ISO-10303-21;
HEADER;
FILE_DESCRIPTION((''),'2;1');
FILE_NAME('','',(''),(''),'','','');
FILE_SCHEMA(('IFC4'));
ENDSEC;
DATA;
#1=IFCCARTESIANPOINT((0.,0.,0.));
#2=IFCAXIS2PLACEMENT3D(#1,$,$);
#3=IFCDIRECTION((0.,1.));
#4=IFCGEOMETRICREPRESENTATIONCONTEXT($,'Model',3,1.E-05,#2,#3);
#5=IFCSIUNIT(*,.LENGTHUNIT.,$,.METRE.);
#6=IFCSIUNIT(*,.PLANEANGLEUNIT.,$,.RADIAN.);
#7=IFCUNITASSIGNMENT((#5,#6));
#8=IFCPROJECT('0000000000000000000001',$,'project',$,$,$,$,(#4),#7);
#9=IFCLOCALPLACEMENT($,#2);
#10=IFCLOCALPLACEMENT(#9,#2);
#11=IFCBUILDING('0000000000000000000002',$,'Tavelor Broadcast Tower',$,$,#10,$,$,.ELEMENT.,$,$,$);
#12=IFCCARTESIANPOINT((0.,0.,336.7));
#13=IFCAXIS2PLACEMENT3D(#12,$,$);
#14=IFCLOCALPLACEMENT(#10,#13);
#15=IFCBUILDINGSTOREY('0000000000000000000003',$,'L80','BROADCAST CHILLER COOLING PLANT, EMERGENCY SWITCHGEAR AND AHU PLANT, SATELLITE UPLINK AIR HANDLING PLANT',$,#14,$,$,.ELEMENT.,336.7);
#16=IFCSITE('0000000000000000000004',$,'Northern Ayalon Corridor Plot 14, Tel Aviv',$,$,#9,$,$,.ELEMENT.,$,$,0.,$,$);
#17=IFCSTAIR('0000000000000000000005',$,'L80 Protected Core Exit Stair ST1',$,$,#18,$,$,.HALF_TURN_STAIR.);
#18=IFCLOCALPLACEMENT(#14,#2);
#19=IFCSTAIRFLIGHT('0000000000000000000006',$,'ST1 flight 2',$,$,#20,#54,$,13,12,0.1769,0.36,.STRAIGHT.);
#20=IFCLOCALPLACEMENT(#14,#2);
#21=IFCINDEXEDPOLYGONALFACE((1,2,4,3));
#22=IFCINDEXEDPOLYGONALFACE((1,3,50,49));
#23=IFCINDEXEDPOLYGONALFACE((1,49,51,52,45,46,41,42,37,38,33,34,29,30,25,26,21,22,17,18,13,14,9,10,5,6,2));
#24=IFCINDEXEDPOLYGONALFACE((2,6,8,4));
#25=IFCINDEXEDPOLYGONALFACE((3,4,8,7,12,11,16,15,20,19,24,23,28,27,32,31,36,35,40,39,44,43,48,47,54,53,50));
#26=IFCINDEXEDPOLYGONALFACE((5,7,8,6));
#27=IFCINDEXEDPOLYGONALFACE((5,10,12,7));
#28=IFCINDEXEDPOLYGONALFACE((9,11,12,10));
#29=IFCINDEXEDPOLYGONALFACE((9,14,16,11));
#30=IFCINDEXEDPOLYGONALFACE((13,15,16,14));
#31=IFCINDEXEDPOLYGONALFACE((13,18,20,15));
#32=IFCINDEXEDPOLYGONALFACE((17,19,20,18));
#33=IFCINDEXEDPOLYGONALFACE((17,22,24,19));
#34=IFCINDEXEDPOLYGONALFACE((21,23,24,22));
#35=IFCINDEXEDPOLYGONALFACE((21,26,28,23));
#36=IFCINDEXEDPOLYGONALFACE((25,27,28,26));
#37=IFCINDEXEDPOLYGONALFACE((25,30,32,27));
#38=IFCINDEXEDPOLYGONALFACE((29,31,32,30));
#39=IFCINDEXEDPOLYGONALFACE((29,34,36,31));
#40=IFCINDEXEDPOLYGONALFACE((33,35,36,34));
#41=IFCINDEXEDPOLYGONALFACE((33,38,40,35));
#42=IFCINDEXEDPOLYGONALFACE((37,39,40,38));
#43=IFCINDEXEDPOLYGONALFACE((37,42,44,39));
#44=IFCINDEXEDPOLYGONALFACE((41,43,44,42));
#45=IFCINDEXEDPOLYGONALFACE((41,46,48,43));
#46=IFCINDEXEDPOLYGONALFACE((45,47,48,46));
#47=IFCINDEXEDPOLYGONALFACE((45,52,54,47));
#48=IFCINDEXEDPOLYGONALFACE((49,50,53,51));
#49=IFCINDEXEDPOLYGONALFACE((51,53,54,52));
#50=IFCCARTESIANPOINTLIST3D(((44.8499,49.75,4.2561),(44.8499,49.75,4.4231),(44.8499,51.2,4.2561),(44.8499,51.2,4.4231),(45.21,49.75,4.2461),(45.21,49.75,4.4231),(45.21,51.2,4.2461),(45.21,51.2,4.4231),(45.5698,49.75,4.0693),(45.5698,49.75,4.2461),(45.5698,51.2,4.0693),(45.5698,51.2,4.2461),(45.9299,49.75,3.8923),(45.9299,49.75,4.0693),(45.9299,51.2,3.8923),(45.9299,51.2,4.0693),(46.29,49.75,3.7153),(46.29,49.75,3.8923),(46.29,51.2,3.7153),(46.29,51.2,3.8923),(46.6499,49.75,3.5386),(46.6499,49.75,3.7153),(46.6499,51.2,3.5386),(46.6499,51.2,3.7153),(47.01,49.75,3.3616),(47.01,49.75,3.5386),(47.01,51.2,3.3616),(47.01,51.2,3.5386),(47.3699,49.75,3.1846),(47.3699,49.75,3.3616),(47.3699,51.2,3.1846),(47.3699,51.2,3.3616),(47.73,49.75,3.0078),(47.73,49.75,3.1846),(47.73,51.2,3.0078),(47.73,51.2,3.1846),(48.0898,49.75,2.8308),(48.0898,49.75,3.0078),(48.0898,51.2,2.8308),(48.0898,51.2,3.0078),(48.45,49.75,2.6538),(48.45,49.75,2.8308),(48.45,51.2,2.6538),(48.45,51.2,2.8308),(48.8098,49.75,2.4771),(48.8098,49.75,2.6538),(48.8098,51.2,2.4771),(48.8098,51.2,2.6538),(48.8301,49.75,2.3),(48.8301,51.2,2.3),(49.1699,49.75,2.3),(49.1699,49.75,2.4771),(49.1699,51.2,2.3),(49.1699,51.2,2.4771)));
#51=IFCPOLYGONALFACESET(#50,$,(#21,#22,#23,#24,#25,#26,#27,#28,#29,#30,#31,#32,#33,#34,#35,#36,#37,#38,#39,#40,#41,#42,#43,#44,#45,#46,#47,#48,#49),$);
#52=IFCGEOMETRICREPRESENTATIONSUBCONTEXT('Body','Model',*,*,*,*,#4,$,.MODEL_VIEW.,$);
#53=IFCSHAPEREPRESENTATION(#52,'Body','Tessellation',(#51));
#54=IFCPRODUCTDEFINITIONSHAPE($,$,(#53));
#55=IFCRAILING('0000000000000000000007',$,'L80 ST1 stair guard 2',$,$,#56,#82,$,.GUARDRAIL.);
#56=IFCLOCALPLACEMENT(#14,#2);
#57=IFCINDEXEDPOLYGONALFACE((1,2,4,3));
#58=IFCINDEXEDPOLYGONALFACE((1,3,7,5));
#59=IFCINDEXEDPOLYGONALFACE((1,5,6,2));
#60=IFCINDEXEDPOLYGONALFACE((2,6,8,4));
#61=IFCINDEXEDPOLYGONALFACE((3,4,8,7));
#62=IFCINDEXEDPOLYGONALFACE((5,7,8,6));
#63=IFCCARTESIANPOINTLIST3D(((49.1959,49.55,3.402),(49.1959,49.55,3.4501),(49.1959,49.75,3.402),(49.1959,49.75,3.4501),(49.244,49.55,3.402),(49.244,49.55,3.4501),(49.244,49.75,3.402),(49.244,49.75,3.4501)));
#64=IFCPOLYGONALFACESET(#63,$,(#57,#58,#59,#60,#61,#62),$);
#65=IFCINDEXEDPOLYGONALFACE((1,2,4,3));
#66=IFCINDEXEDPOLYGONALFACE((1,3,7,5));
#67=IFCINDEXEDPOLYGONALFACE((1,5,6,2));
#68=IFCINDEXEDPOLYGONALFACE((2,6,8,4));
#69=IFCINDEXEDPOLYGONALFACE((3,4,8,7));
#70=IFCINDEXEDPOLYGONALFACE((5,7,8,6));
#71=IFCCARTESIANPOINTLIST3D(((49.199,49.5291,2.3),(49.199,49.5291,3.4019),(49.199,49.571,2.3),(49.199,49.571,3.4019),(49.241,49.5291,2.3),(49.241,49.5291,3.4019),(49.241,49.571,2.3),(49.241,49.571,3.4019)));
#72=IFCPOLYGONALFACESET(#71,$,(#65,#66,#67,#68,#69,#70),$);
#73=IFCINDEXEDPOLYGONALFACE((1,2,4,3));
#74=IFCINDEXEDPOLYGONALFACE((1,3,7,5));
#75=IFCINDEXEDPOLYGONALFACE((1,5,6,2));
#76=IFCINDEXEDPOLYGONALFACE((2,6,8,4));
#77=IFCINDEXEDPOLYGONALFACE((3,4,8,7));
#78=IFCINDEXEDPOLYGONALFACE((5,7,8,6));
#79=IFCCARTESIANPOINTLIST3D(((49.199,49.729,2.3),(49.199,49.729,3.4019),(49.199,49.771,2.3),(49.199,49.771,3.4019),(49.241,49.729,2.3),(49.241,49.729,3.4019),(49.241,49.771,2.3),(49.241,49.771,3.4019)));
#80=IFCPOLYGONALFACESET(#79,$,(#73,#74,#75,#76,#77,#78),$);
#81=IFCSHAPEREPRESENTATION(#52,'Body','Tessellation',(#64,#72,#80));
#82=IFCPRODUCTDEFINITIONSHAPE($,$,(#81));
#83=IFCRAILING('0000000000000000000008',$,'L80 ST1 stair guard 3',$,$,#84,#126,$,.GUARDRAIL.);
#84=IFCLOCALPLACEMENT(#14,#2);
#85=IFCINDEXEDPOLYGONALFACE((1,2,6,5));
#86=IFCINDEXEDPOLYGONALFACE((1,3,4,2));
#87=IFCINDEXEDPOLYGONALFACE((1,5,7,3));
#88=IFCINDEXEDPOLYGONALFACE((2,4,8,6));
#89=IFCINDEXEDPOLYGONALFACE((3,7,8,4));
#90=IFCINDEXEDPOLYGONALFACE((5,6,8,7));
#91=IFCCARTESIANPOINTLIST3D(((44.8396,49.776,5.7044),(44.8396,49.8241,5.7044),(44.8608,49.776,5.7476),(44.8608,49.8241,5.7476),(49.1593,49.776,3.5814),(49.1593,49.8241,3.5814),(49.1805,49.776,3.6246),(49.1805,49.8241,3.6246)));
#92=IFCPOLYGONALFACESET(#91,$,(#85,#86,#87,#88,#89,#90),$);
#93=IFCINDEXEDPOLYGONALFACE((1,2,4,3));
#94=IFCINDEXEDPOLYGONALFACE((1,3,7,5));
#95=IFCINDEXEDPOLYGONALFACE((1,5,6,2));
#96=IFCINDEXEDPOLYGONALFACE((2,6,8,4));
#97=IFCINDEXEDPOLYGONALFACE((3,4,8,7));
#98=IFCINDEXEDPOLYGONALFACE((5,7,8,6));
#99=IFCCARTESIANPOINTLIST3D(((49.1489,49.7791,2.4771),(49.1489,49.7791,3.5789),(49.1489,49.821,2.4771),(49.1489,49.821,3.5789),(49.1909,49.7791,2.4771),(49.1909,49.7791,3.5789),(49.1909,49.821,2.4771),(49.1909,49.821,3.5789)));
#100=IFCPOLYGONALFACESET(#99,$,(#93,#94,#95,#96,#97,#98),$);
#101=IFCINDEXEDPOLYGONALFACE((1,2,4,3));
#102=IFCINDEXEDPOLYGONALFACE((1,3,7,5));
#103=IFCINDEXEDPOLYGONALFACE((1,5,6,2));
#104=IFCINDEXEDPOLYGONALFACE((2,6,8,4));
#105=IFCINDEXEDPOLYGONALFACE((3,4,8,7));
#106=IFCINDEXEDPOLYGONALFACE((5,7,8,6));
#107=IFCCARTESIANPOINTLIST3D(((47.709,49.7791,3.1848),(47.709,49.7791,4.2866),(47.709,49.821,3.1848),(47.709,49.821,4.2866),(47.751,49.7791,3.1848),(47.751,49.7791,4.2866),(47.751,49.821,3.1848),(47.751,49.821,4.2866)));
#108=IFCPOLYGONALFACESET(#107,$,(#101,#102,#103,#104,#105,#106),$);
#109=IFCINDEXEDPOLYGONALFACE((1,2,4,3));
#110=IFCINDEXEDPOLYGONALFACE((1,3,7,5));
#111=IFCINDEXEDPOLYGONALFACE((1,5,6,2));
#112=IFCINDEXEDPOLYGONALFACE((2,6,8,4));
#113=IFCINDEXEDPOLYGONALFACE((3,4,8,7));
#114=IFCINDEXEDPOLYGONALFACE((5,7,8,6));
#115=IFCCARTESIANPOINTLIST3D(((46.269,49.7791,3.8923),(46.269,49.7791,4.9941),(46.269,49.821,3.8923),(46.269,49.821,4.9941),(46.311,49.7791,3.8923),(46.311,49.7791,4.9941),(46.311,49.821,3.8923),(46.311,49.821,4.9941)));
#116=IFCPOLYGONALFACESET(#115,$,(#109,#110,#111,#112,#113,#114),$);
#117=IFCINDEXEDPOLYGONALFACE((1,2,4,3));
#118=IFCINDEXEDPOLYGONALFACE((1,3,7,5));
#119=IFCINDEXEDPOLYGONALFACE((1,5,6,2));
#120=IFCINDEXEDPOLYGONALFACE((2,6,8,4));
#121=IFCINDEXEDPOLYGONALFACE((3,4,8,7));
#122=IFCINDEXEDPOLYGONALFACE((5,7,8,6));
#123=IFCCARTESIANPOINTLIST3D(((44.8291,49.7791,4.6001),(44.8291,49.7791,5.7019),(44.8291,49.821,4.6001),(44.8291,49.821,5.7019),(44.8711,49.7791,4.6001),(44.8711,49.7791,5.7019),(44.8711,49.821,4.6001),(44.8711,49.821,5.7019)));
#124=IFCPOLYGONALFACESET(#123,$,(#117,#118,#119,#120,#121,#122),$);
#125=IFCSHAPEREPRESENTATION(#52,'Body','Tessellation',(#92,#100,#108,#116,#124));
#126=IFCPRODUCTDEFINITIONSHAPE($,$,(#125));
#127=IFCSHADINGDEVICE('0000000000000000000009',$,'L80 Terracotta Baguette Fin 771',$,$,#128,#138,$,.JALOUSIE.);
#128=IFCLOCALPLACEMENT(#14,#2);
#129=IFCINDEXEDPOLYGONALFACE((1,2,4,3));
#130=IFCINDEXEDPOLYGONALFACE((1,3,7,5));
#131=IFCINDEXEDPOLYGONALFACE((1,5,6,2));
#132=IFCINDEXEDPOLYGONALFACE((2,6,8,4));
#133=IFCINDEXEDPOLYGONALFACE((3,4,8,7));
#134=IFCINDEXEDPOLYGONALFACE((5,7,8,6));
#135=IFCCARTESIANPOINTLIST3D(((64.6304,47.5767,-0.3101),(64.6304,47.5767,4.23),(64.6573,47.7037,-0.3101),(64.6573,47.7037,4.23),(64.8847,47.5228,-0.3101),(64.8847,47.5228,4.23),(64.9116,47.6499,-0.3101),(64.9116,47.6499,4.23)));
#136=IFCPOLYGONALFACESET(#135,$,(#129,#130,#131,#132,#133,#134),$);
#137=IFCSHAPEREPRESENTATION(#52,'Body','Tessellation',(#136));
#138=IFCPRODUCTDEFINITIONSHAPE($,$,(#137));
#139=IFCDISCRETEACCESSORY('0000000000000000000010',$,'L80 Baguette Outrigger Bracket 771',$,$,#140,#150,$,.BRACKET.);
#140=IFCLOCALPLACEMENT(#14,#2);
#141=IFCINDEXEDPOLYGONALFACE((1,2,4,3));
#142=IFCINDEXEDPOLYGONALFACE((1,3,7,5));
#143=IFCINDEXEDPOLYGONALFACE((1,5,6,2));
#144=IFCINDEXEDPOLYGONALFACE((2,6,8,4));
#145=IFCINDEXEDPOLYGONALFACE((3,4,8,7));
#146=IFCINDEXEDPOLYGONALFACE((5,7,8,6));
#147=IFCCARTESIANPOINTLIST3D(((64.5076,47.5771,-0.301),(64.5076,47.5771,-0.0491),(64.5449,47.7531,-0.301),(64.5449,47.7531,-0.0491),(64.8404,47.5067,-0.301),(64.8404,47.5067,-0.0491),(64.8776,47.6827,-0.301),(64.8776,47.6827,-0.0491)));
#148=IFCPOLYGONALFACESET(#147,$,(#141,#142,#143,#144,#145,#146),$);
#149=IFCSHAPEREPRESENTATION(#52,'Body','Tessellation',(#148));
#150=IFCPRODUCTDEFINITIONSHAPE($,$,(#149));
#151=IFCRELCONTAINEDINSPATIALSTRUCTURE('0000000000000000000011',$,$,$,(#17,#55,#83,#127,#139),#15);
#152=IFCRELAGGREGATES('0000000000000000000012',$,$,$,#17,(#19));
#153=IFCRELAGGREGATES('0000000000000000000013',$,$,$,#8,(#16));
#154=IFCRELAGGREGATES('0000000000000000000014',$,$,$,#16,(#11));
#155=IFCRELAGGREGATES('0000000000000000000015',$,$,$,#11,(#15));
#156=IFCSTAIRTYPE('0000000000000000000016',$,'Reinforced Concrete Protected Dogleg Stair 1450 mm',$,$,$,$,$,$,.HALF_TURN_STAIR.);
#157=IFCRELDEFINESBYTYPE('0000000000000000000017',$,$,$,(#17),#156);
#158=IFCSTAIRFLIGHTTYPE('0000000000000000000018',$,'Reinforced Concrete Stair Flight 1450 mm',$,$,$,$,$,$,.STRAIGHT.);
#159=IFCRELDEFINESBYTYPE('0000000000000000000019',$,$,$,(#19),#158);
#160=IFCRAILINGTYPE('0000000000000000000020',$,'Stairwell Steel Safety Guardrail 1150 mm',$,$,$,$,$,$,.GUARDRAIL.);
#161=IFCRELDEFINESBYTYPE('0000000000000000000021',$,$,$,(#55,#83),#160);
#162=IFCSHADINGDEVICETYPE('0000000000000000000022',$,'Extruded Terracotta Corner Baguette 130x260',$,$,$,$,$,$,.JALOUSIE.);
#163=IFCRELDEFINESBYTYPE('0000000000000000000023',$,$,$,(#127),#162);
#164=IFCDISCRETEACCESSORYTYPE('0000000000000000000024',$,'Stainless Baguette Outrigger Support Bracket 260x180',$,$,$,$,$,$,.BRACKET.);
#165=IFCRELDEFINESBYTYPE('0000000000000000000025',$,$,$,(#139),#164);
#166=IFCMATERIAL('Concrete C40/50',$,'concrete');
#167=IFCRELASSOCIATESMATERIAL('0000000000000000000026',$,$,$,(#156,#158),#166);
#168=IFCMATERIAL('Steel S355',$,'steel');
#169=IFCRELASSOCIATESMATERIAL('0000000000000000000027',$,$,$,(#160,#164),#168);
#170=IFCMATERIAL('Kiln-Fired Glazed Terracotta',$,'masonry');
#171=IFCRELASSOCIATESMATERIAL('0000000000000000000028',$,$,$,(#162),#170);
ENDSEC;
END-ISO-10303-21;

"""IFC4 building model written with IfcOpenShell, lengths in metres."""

from ifc_helpers import new_model, si_unit, direction, frame, origin, origin_2d, place, context, subcontext, project, spatial, polyline, rectangle, outline, extrude, source, transform, mapped, material, type_object, type_shapes, element, aggregate, save


model = new_model("IFC4")

# Units and contexts
model_context = context("Model", 3, precision=1e-05, world=origin(), true_north=direction((0.0, 1.0)))
body_context = subcontext(model_context, "Body", "Model", "MODEL_VIEW")
ifc_project = project(units=[si_unit("LENGTHUNIT", "METRE"), si_unit("PLANEANGLEUNIT", "RADIAN")], contexts=[model_context])

# Site, building, storey
site_placement = place(None, origin())
site = spatial("IfcSite", under=ifc_project, at=site_placement, Name="Northern Ayalon Corridor Plot 14, Tel Aviv", CompositionType="ELEMENT", RefElevation=0.0)
building_placement = place(site_placement, origin())
building = spatial("IfcBuilding", under=site, at=building_placement, Name="Tavelor Broadcast Tower", CompositionType="ELEMENT")
storey_placement = place(building_placement, frame((0.0, 0.0, 336.7)))
storey = spatial("IfcBuildingStorey", under=building, at=storey_placement, Name="L80", Description="BROADCAST CHILLER COOLING PLANT, EMERGENCY SWITCHGEAR AND AHU PLANT, SATELLITE UPLINK AIR HANDLING PLANT", CompositionType="ELEMENT", Elevation=336.7)

# Shared definitions
ifc_material_1 = material(Name="Steel S355", Category="steel")

# Shared definitions
ifc_material_2 = material(Name="Concrete C40/50", Category="concrete")

# Stair, stair flight
stair_type = type_object("IfcStairType", Name="Reinforced Concrete Protected Dogleg Stair 1450 mm", PredefinedType="HALF_TURN_STAIR", material=ifc_material_2)
stair_placement = place(storey_placement, origin())
stair = element("IfcStair", 1, at=stair_placement, inside=storey, type_object=stair_type, Name="L80 Protected Core Exit Stair ST1", PredefinedType="HALF_TURN_STAIR")
stair_flight_type = type_object("IfcStairFlightType", Name="Reinforced Concrete Stair Flight 1450 mm", PredefinedType="STRAIGHT", material=ifc_material_2)
stair_flight_placement = place(storey_placement, frame((49.1699, 50.4751, 2.3), z_axis=(0.0, 0.0, 1.0), x_axis=(-1.0, 0.0, 0.0)))
stair_flight = element("IfcStairFlight", 2, at=stair_flight_placement, type_object=stair_flight_type, Name="ST1 flight 2", NumberOfRisers=13, NumberOfTreads=12, PredefinedType="STRAIGHT", RiserHeight=0.1769, TreadLength=0.36, context=body_context, shape_type="SweptSolid", body=[
    extrude(outline(polyline([(0.0, 0.0), (0.0, 0.177), (0.3601, 0.177), (0.3601, 0.3538), (0.72, 0.3538), (0.72, 0.5308), (1.0801, 0.5308), (1.0801, 0.7078), (1.4399, 0.7078), (1.4399, 0.8845), (1.8, 0.8845), (1.8, 1.0615), (2.1599, 1.0615), (2.1599, 1.2385), (2.52, 1.2385), (2.52, 1.4153), (2.8799, 1.4153), (2.8799, 1.5923), (3.24, 1.5923), (3.24, 1.7693), (3.6001, 1.7693), (3.6001, 1.946), (3.96, 1.946), (3.96, 2.123), (4.3201, 2.123), (4.3201, 2.3), (4.3201, 1.9561), (0.3398, 0.0), (0.0, 0.0)])), frame((0.0, 0.7251, 0.0), z_axis=(0.0, -1.0, 0.0), x_axis=(1.0, 0.0, 0.0)), (0.0, 0.0, 1.0), 1.45),
])
aggregate(stair, [stair_flight])

# Railings
railing_type = type_object("IfcRailingType", Name="Stairwell Steel Safety Guardrail 1150 mm", PredefinedType="GUARDRAIL", material=ifc_material_1)
railing_1_placement = place(storey_placement, frame((49.22, 49.55, 2.3)))
element("IfcRailing", 3, at=railing_1_placement, inside=storey, type_object=railing_type, Name="L80 ST1 stair guard 2", PredefinedType="GUARDRAIL", context=body_context, shape_type="SweptSolid", body=[
    extrude(rectangle(XDim=0.0481, YDim=0.0481, at=origin_2d()), frame((0.0, 0.0, 1.126), z_axis=(0.0, 1.0, 0.0), x_axis=(-1.0, 0.0, 0.0)), (0.0, 0.0, 1.0), 0.2),
    extrude(rectangle(XDim=0.042, YDim=0.042, at=origin_2d()), origin(), (0.0, 0.0, 1.0), 1.1018),
    extrude(rectangle(XDim=0.042, YDim=0.042, at=origin_2d()), frame((0.0, 0.2, 0.0)), (0.0, 0.0, 1.0), 1.1018),
])
railing_2_placement = place(storey_placement, frame((49.1699, 49.8, 2.4771)))
element("IfcRailing", 4, at=railing_2_placement, inside=storey, type_object=railing_type, Name="L80 ST1 stair guard 3", PredefinedType="GUARDRAIL", context=body_context, shape_type="SweptSolid", body=[
    extrude(rectangle(XDim=0.0481, YDim=0.0481, at=origin_2d()), frame((0.0, 0.0, 1.126), z_axis=(-0.89747, 0.0, 0.441076), x_axis=(0.0, -1.0, 0.0)), (0.0, 0.0, 1.0), 4.8132),
    extrude(rectangle(XDim=0.042, YDim=0.042, at=origin_2d()), origin(), (0.0, 0.0, 1.0), 1.1018),
    extrude(rectangle(XDim=0.042, YDim=0.042, at=origin_2d()), frame((-1.4399, 0.0, 0.7078)), (0.0, 0.0, 1.0), 1.1018),
    extrude(rectangle(XDim=0.042, YDim=0.042, at=origin_2d()), frame((-2.8799, 0.0, 1.4153)), (0.0, 0.0, 1.0), 1.1018),
    extrude(rectangle(XDim=0.042, YDim=0.042, at=origin_2d()), frame((-4.3198, 0.0, 2.123)), (0.0, 0.0, 1.0), 1.1018),
])

# Shading device
ifc_material_3 = material(Name="Kiln-Fired Glazed Terracotta", Category="masonry")
shading_device_type = type_object("IfcShadingDeviceType", Name="Extruded Terracotta Corner Baguette 130x260", PredefinedType="JALOUSIE", material=ifc_material_3)
shared_shape_1 = source(origin(), body_context, "Body", "SweptSolid", [
    extrude(rectangle(XDim=0.1299, YDim=0.26, at=origin_2d()), origin(), (0.0, 0.0, 1.0), 4.54),
])
type_shapes(shading_device_type, [shared_shape_1])
shading_device_placement = place(storey_placement, frame((64.771, 47.6133, -0.3101), z_axis=(0.0, 0.0, 1.0), x_axis=(0.207058, 0.978329, 0.0)))
element("IfcShadingDevice", 5, at=shading_device_placement, inside=storey, type_object=shading_device_type, Name="L80 Terracotta Baguette Fin 771", PredefinedType="JALOUSIE", context=body_context, shape_type="MappedRepresentation", body=[
    mapped(shared_shape_1, transform((0.0, 0.0, 0.0), scale=1.0)),
])

# Discrete accessory
discrete_accessory_type = type_object("IfcDiscreteAccessoryType", Name="Stainless Baguette Outrigger Support Bracket 260x180", PredefinedType="BRACKET", material=ifc_material_1)
shared_shape_2 = source(origin(), body_context, "Body", "SweptSolid", [
    extrude(rectangle(XDim=0.1799, YDim=0.3401, at=origin_2d()), origin(), (0.0, 0.0, 1.0), 0.252),
])
type_shapes(discrete_accessory_type, [shared_shape_2])
discrete_accessory_placement = place(storey_placement, frame((64.6926, 47.6299, -0.301), z_axis=(0.0, 0.0, 1.0), x_axis=(0.207058, 0.978329, 0.0)))
element("IfcDiscreteAccessory", 6, at=discrete_accessory_placement, inside=storey, type_object=discrete_accessory_type, Name="L80 Baguette Outrigger Bracket 771", PredefinedType="BRACKET", context=body_context, shape_type="MappedRepresentation", body=[
    mapped(shared_shape_2, transform((0.0, 0.0, 0.0), scale=1.0)),
])

save(model, "model.ifc")
